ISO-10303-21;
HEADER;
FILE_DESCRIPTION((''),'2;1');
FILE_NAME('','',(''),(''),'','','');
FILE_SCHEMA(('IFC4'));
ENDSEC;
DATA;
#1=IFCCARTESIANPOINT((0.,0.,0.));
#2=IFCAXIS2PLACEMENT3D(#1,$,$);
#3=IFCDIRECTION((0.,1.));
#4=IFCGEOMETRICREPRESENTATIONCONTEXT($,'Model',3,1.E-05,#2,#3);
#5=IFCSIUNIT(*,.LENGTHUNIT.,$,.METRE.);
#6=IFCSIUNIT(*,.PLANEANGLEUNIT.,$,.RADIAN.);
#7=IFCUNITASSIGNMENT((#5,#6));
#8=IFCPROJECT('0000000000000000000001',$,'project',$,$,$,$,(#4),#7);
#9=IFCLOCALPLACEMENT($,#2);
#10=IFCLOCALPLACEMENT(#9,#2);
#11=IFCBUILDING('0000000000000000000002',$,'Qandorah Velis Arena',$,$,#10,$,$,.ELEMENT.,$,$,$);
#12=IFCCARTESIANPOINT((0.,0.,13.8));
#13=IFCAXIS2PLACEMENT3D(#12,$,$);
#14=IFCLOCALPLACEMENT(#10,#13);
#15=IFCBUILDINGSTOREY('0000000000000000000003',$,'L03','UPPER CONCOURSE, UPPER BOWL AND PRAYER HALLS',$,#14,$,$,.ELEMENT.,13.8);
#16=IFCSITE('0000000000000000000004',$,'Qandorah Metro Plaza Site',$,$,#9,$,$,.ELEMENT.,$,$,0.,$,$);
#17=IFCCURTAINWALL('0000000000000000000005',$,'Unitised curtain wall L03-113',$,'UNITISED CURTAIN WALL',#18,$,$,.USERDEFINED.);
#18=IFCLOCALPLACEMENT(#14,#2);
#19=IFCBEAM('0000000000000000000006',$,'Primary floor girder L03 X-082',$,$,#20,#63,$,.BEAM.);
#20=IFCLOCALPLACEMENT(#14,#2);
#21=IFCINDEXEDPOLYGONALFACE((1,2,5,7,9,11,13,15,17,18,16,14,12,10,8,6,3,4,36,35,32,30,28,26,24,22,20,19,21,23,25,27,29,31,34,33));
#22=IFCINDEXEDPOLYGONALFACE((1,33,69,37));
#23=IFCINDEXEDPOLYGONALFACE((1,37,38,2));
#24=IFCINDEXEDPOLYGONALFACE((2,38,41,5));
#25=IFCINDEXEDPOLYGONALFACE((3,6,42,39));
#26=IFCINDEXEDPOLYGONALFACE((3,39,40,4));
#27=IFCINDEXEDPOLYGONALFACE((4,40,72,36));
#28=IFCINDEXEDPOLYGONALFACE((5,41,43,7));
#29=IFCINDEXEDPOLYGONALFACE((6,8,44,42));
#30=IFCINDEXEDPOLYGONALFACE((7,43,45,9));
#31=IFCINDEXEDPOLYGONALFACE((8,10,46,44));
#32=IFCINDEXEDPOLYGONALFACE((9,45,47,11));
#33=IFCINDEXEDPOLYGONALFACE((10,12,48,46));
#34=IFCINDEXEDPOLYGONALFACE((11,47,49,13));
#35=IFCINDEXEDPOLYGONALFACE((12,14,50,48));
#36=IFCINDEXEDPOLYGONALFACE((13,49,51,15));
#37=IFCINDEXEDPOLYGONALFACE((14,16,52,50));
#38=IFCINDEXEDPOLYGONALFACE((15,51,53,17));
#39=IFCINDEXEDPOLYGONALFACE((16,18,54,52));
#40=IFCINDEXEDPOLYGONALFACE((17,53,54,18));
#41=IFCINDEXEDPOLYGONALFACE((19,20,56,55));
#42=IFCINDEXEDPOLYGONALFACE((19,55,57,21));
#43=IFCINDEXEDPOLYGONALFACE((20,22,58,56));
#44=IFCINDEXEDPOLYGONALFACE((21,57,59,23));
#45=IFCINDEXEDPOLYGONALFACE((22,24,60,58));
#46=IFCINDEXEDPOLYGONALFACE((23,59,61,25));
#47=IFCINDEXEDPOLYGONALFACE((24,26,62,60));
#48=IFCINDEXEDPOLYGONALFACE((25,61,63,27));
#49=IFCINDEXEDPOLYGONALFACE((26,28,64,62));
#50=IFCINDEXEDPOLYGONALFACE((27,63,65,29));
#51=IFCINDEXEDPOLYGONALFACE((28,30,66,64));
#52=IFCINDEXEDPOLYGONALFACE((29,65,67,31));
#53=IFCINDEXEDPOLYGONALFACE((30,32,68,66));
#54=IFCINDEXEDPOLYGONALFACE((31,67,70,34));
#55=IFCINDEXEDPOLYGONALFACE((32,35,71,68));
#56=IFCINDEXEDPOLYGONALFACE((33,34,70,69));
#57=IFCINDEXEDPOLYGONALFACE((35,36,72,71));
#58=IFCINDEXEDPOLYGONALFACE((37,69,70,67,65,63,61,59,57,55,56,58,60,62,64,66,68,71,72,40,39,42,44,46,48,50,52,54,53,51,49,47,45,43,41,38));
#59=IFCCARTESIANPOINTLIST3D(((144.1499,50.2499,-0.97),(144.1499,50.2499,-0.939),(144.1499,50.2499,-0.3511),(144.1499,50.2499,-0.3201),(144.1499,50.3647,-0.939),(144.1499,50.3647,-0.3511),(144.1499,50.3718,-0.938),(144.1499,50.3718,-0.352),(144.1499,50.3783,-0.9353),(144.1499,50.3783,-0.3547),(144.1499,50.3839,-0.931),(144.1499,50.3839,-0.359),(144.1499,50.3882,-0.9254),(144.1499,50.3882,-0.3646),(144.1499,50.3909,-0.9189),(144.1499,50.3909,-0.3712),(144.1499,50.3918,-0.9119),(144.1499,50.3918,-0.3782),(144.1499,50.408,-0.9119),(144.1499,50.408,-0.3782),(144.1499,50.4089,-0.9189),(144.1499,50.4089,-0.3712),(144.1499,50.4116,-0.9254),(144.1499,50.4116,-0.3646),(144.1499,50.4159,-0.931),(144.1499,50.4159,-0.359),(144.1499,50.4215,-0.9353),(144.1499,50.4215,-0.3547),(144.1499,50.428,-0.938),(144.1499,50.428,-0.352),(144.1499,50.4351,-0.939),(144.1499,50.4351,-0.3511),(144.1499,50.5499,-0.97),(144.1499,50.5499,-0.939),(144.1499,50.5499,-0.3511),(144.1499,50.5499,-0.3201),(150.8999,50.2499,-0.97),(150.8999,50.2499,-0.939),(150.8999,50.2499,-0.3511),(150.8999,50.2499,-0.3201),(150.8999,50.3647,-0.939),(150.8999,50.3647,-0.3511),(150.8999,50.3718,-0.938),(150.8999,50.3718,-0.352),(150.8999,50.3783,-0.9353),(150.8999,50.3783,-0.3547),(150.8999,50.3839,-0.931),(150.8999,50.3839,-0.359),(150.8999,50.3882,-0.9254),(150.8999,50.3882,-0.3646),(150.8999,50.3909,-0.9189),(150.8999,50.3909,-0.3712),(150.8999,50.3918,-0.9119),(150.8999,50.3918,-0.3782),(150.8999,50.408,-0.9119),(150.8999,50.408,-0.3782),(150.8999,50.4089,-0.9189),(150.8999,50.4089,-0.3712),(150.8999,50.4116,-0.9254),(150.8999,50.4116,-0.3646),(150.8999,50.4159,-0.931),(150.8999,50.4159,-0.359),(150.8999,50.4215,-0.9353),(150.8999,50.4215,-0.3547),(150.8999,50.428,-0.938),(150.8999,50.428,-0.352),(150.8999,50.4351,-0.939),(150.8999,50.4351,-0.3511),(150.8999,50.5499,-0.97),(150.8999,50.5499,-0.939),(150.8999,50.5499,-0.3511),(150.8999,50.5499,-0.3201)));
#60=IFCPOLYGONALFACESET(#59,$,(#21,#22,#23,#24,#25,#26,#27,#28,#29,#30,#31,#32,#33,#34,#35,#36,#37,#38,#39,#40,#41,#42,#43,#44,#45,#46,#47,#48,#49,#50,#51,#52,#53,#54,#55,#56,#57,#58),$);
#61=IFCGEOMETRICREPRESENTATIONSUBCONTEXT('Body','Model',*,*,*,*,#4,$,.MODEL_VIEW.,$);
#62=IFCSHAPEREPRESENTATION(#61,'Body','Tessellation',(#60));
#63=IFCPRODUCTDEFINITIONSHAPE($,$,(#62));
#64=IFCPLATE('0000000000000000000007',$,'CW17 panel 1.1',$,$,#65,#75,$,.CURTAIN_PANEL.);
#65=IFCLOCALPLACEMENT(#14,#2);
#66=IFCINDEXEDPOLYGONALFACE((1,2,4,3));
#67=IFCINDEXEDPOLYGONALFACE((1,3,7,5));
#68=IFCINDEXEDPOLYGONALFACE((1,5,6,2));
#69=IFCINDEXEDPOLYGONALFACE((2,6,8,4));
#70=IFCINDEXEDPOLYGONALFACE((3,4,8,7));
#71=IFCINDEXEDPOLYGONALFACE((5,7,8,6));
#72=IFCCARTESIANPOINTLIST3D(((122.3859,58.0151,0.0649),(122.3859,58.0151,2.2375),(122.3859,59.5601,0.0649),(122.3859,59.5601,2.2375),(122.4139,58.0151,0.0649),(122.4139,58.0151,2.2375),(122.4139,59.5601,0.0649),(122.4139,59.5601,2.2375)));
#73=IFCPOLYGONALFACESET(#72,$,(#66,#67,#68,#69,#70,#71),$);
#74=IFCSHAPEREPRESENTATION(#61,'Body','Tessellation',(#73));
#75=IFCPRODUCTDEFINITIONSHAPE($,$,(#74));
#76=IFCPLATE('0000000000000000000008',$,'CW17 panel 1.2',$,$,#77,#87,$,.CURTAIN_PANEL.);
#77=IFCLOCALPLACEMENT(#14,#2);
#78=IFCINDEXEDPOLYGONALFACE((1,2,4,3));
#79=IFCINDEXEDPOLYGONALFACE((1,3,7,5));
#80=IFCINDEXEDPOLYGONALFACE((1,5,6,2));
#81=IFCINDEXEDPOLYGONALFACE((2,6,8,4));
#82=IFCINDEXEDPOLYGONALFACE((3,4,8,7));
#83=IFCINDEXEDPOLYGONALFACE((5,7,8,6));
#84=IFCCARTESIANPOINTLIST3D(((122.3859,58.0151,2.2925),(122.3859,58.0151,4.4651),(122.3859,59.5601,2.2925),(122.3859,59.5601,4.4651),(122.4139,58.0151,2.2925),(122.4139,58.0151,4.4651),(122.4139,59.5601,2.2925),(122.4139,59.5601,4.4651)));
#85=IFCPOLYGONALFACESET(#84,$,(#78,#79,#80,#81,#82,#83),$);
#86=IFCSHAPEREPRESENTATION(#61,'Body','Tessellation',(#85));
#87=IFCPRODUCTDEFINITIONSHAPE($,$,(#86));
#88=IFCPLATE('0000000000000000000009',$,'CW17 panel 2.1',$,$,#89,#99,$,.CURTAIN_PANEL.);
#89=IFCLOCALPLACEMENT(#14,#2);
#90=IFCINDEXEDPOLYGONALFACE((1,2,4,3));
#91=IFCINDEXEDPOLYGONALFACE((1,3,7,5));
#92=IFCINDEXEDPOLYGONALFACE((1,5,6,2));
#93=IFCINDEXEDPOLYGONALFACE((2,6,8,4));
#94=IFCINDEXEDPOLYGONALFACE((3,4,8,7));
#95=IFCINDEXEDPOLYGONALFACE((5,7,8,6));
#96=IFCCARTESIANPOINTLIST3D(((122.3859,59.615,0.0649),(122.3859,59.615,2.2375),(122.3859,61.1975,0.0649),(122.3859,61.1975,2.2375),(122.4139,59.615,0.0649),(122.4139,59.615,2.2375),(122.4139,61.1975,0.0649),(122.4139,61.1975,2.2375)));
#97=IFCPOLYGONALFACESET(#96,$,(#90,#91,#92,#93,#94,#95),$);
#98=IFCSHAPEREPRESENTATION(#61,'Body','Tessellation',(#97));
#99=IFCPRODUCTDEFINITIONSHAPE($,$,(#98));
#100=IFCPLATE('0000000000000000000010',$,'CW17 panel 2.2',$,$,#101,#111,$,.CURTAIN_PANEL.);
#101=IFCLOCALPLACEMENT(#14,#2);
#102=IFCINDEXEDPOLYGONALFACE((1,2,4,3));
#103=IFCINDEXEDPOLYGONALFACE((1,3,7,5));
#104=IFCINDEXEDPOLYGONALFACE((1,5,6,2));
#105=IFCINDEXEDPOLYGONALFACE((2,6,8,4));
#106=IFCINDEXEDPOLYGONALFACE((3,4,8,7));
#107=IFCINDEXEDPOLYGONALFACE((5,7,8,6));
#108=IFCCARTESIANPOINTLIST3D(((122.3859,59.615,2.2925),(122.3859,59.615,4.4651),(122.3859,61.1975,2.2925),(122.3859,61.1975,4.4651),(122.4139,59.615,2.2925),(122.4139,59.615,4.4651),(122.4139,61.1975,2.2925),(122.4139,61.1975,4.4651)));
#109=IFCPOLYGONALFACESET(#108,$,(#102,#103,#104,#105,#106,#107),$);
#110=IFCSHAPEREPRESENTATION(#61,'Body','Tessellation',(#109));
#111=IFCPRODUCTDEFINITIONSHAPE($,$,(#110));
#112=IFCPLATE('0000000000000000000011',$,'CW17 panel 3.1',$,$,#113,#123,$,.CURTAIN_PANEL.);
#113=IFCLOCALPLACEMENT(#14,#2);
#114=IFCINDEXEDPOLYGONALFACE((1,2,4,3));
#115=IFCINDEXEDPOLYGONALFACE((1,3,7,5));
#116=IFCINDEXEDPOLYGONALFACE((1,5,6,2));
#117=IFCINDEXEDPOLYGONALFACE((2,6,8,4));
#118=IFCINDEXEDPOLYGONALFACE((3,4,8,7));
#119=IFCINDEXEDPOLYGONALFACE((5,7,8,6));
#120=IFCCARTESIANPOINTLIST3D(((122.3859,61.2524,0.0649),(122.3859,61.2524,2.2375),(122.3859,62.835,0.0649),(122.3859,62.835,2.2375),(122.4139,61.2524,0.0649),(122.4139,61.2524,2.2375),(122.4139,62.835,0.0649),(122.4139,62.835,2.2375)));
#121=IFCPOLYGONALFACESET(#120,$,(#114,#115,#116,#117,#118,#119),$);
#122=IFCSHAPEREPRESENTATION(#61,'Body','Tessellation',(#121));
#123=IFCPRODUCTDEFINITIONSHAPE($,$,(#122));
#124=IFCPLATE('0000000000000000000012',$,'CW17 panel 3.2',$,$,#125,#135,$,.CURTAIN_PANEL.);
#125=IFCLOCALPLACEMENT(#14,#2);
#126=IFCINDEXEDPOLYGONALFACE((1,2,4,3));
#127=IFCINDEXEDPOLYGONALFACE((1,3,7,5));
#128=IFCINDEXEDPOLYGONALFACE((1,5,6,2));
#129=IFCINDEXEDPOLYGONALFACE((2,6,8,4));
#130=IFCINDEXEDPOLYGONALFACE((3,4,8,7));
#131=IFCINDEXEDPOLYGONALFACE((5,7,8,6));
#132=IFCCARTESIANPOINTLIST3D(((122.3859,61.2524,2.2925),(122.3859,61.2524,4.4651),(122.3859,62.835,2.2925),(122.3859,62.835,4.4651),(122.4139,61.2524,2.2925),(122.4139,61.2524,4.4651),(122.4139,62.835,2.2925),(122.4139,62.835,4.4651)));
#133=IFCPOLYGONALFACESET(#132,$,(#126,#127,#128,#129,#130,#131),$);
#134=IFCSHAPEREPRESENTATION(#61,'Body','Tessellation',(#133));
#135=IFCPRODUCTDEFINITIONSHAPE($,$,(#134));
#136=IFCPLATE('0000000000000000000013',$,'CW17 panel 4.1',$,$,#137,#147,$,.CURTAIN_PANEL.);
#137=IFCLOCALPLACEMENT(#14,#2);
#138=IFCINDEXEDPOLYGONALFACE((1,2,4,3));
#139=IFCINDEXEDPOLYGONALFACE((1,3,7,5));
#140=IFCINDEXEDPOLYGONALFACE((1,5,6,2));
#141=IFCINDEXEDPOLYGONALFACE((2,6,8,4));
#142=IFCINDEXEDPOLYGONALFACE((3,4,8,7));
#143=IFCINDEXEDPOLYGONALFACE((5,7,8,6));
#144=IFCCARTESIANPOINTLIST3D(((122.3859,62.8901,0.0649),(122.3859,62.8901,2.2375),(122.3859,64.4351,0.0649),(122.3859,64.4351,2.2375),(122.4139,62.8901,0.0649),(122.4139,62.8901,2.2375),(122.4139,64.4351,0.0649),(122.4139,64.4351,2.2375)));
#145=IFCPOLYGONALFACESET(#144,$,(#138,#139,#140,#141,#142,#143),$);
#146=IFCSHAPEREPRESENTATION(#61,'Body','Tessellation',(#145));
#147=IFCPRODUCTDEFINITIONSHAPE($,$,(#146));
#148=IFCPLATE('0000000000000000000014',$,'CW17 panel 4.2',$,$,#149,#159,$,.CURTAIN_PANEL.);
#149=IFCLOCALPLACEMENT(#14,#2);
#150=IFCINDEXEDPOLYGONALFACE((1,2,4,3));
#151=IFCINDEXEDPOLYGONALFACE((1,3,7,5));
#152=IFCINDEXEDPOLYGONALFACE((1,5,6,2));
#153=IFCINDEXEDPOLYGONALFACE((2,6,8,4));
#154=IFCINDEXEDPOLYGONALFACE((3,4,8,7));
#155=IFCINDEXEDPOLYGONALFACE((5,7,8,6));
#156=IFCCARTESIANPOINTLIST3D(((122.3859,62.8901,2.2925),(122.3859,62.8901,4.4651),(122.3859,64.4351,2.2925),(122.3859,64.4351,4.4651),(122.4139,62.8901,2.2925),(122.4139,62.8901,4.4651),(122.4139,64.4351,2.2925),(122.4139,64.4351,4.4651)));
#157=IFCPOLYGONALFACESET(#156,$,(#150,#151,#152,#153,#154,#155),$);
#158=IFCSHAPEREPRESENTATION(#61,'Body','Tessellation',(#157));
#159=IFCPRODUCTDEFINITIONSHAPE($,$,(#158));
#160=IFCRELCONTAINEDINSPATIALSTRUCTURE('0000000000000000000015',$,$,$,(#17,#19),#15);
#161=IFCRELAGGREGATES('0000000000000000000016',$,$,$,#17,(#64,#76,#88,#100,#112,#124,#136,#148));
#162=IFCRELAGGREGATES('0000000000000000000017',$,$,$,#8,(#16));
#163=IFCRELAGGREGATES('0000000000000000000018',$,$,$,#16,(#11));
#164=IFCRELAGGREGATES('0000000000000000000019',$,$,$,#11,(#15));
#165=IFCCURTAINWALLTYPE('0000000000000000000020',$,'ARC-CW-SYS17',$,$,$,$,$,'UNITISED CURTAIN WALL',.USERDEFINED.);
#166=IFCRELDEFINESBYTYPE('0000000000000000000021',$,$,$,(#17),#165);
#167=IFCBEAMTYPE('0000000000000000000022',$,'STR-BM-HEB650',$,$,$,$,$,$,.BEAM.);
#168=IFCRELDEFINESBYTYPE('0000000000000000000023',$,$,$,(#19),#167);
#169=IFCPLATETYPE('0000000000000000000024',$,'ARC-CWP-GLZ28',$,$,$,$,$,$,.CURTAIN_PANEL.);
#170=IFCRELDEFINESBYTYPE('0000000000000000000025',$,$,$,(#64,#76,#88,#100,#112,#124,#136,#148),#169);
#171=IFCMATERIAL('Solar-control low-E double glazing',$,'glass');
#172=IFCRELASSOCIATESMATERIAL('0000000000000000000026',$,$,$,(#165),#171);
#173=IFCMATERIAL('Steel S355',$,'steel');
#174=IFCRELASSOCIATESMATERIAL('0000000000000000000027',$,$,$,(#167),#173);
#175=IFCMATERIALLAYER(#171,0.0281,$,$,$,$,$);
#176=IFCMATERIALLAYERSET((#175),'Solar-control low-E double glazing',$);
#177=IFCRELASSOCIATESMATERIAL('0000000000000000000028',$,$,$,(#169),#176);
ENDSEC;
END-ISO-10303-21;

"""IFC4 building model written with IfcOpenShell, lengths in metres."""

from ifc_helpers import new_model, si_unit, direction, frame, origin, origin_2d, place, context, subcontext, project, spatial, rectangle, i_section, extrude, material, layer, layer_set, material_profile, profile_set, type_object, element, aggregate, save


model = new_model("IFC4")

# Units and contexts
model_context = context("Model", 3, precision=1e-05, world=origin(), true_north=direction((0.0, 1.0)))
body_context = subcontext(model_context, "Body", "Model", "MODEL_VIEW")
ifc_project = project(units=[si_unit("LENGTHUNIT", "METRE"), si_unit("PLANEANGLEUNIT", "RADIAN")], contexts=[model_context])

# Site, building, storey
site_placement = place(None, origin())
site = spatial("IfcSite", under=ifc_project, at=site_placement, Name="Qandorah Metro Plaza Site", CompositionType="ELEMENT", RefElevation=0.0)
building_placement = place(site_placement, origin())
building = spatial("IfcBuilding", under=site, at=building_placement, Name="Qandorah Velis Arena", CompositionType="ELEMENT")
storey_placement = place(building_placement, frame((0.0, 0.0, 13.8)))
storey = spatial("IfcBuildingStorey", under=building, at=storey_placement, Name="L03", Description="UPPER CONCOURSE, UPPER BOWL AND PRAYER HALLS", CompositionType="ELEMENT", Elevation=13.8)

# Curtain wall
ifc_material_1 = material(Name="Solar-control low-E double glazing", Category="glass")
curtain_wall_type_1 = type_object("IfcCurtainWallType", Name="ARC-CW-SYS17", ElementType="UNITISED CURTAIN WALL", PredefinedType="USERDEFINED", material=ifc_material_1)
curtain_wall_1_placement = place(storey_placement, origin())
curtain_wall_1 = element("IfcCurtainWall", 1, at=curtain_wall_1_placement, inside=storey, type_object=curtain_wall_type_1, Name="Unitised curtain wall L03-113", ObjectType="UNITISED CURTAIN WALL", PredefinedType="USERDEFINED")

# Beam
ifc_material_2 = material(Name="Steel S355", Category="steel")
ifc_material_profile_1 = material_profile(ifc_material_2, i_section(OverallWidth=0.3, OverallDepth=0.6499, WebThickness=0.0161, FlangeThickness=0.031, FilletRadius=0.0271, at=origin_2d()), Name="HEB 650")
ifc_profile_set_1 = profile_set([ifc_material_profile_1], Name="Steel S355")
beam_type_1 = type_object("IfcBeamType", Name="STR-BM-HEB650", PredefinedType="BEAM", material=ifc_profile_set_1)
beam_1_placement = place(storey_placement, frame((144.1499, 50.3999, -0.645), z_axis=(1.0, 0.0, 0.0), x_axis=(0.0, 1.0, 0.0)))
element("IfcBeam", 2, at=beam_1_placement, inside=storey, type_object=beam_type_1, Name="Primary floor girder L03 X-082", PredefinedType="BEAM", context=body_context, shape_type="SweptSolid", body=[
    extrude(i_section(OverallWidth=0.3, OverallDepth=0.6499, WebThickness=0.0161, FlangeThickness=0.031, FilletRadius=0.0271, at=origin_2d()), origin(), (0.0, 0.0, 1.0), 6.75),
])

# Plates
ifc_layer = layer(ifc_material_1, 0.0281)
ifc_layer_set = layer_set([ifc_layer], Name="Solar-control low-E double glazing")
plate_type = type_object("IfcPlateType", Name="ARC-CWP-GLZ28", PredefinedType="CURTAIN_PANEL", material=ifc_layer_set)
plate_1_placement = place(storey_placement, frame((122.3999, 58.7876, 0.0649), z_axis=(0.0, 0.0, 1.0), x_axis=(0.0, 1.0, 0.0)))
plate_1 = element("IfcPlate", 3, at=plate_1_placement, type_object=plate_type, Name="CW17 panel 1.1", PredefinedType="CURTAIN_PANEL", context=body_context, shape_type="SweptSolid", body=[
    extrude(rectangle(XDim=1.5449, YDim=0.0281, at=origin_2d()), origin(), (0.0, 0.0, 1.0), 2.1726),
])
plate_2_placement = place(storey_placement, frame((122.3999, 58.7876, 2.2925), z_axis=(0.0, 0.0, 1.0), x_axis=(0.0, 1.0, 0.0)))
plate_2 = element("IfcPlate", 4, at=plate_2_placement, type_object=plate_type, Name="CW17 panel 1.2", PredefinedType="CURTAIN_PANEL", context=body_context, shape_type="SweptSolid", body=[
    extrude(rectangle(XDim=1.5449, YDim=0.0281, at=origin_2d()), origin(), (0.0, 0.0, 1.0), 2.1726),
])
plate_3_placement = place(storey_placement, frame((122.3999, 60.4062, 0.0649), z_axis=(0.0, 0.0, 1.0), x_axis=(0.0, 1.0, 0.0)))
plate_3 = element("IfcPlate", 5, at=plate_3_placement, type_object=plate_type, Name="CW17 panel 2.1", PredefinedType="CURTAIN_PANEL", context=body_context, shape_type="SweptSolid", body=[
    extrude(rectangle(XDim=1.5825, YDim=0.0281, at=origin_2d()), origin(), (0.0, 0.0, 1.0), 2.1726),
])
plate_4_placement = place(storey_placement, frame((122.3999, 60.4062, 2.2925), z_axis=(0.0, 0.0, 1.0), x_axis=(0.0, 1.0, 0.0)))
plate_4 = element("IfcPlate", 6, at=plate_4_placement, type_object=plate_type, Name="CW17 panel 2.2", PredefinedType="CURTAIN_PANEL", context=body_context, shape_type="SweptSolid", body=[
    extrude(rectangle(XDim=1.5825, YDim=0.0281, at=origin_2d()), origin(), (0.0, 0.0, 1.0), 2.1726),
])
plate_5_placement = place(storey_placement, frame((122.3999, 62.0437, 0.0649), z_axis=(0.0, 0.0, 1.0), x_axis=(0.0, 1.0, 0.0)))
plate_5 = element("IfcPlate", 7, at=plate_5_placement, type_object=plate_type, Name="CW17 panel 3.1", PredefinedType="CURTAIN_PANEL", context=body_context, shape_type="SweptSolid", body=[
    extrude(rectangle(XDim=1.5825, YDim=0.0281, at=origin_2d()), origin(), (0.0, 0.0, 1.0), 2.1726),
])
plate_6_placement = place(storey_placement, frame((122.3999, 62.0437, 2.2925), z_axis=(0.0, 0.0, 1.0), x_axis=(0.0, 1.0, 0.0)))
plate_6 = element("IfcPlate", 8, at=plate_6_placement, type_object=plate_type, Name="CW17 panel 3.2", PredefinedType="CURTAIN_PANEL", context=body_context, shape_type="SweptSolid", body=[
    extrude(rectangle(XDim=1.5825, YDim=0.0281, at=origin_2d()), origin(), (0.0, 0.0, 1.0), 2.1726),
])
plate_7_placement = place(storey_placement, frame((122.3999, 63.6626, 0.0649), z_axis=(0.0, 0.0, 1.0), x_axis=(0.0, 1.0, 0.0)))
plate_7 = element("IfcPlate", 9, at=plate_7_placement, type_object=plate_type, Name="CW17 panel 4.1", PredefinedType="CURTAIN_PANEL", context=body_context, shape_type="SweptSolid", body=[
    extrude(rectangle(XDim=1.5449, YDim=0.0281, at=origin_2d()), origin(), (0.0, 0.0, 1.0), 2.1726),
])
plate_8_placement = place(storey_placement, frame((122.3999, 63.6626, 2.2925), z_axis=(0.0, 0.0, 1.0), x_axis=(0.0, 1.0, 0.0)))
plate_8 = element("IfcPlate", 10, at=plate_8_placement, type_object=plate_type, Name="CW17 panel 4.2", PredefinedType="CURTAIN_PANEL", context=body_context, shape_type="SweptSolid", body=[
    extrude(rectangle(XDim=1.5449, YDim=0.0281, at=origin_2d()), origin(), (0.0, 0.0, 1.0), 2.1726),
])
aggregate(curtain_wall_1, [plate_1, plate_2, plate_3, plate_4, plate_5, plate_6, plate_7, plate_8])

save(model, "model.ifc")
